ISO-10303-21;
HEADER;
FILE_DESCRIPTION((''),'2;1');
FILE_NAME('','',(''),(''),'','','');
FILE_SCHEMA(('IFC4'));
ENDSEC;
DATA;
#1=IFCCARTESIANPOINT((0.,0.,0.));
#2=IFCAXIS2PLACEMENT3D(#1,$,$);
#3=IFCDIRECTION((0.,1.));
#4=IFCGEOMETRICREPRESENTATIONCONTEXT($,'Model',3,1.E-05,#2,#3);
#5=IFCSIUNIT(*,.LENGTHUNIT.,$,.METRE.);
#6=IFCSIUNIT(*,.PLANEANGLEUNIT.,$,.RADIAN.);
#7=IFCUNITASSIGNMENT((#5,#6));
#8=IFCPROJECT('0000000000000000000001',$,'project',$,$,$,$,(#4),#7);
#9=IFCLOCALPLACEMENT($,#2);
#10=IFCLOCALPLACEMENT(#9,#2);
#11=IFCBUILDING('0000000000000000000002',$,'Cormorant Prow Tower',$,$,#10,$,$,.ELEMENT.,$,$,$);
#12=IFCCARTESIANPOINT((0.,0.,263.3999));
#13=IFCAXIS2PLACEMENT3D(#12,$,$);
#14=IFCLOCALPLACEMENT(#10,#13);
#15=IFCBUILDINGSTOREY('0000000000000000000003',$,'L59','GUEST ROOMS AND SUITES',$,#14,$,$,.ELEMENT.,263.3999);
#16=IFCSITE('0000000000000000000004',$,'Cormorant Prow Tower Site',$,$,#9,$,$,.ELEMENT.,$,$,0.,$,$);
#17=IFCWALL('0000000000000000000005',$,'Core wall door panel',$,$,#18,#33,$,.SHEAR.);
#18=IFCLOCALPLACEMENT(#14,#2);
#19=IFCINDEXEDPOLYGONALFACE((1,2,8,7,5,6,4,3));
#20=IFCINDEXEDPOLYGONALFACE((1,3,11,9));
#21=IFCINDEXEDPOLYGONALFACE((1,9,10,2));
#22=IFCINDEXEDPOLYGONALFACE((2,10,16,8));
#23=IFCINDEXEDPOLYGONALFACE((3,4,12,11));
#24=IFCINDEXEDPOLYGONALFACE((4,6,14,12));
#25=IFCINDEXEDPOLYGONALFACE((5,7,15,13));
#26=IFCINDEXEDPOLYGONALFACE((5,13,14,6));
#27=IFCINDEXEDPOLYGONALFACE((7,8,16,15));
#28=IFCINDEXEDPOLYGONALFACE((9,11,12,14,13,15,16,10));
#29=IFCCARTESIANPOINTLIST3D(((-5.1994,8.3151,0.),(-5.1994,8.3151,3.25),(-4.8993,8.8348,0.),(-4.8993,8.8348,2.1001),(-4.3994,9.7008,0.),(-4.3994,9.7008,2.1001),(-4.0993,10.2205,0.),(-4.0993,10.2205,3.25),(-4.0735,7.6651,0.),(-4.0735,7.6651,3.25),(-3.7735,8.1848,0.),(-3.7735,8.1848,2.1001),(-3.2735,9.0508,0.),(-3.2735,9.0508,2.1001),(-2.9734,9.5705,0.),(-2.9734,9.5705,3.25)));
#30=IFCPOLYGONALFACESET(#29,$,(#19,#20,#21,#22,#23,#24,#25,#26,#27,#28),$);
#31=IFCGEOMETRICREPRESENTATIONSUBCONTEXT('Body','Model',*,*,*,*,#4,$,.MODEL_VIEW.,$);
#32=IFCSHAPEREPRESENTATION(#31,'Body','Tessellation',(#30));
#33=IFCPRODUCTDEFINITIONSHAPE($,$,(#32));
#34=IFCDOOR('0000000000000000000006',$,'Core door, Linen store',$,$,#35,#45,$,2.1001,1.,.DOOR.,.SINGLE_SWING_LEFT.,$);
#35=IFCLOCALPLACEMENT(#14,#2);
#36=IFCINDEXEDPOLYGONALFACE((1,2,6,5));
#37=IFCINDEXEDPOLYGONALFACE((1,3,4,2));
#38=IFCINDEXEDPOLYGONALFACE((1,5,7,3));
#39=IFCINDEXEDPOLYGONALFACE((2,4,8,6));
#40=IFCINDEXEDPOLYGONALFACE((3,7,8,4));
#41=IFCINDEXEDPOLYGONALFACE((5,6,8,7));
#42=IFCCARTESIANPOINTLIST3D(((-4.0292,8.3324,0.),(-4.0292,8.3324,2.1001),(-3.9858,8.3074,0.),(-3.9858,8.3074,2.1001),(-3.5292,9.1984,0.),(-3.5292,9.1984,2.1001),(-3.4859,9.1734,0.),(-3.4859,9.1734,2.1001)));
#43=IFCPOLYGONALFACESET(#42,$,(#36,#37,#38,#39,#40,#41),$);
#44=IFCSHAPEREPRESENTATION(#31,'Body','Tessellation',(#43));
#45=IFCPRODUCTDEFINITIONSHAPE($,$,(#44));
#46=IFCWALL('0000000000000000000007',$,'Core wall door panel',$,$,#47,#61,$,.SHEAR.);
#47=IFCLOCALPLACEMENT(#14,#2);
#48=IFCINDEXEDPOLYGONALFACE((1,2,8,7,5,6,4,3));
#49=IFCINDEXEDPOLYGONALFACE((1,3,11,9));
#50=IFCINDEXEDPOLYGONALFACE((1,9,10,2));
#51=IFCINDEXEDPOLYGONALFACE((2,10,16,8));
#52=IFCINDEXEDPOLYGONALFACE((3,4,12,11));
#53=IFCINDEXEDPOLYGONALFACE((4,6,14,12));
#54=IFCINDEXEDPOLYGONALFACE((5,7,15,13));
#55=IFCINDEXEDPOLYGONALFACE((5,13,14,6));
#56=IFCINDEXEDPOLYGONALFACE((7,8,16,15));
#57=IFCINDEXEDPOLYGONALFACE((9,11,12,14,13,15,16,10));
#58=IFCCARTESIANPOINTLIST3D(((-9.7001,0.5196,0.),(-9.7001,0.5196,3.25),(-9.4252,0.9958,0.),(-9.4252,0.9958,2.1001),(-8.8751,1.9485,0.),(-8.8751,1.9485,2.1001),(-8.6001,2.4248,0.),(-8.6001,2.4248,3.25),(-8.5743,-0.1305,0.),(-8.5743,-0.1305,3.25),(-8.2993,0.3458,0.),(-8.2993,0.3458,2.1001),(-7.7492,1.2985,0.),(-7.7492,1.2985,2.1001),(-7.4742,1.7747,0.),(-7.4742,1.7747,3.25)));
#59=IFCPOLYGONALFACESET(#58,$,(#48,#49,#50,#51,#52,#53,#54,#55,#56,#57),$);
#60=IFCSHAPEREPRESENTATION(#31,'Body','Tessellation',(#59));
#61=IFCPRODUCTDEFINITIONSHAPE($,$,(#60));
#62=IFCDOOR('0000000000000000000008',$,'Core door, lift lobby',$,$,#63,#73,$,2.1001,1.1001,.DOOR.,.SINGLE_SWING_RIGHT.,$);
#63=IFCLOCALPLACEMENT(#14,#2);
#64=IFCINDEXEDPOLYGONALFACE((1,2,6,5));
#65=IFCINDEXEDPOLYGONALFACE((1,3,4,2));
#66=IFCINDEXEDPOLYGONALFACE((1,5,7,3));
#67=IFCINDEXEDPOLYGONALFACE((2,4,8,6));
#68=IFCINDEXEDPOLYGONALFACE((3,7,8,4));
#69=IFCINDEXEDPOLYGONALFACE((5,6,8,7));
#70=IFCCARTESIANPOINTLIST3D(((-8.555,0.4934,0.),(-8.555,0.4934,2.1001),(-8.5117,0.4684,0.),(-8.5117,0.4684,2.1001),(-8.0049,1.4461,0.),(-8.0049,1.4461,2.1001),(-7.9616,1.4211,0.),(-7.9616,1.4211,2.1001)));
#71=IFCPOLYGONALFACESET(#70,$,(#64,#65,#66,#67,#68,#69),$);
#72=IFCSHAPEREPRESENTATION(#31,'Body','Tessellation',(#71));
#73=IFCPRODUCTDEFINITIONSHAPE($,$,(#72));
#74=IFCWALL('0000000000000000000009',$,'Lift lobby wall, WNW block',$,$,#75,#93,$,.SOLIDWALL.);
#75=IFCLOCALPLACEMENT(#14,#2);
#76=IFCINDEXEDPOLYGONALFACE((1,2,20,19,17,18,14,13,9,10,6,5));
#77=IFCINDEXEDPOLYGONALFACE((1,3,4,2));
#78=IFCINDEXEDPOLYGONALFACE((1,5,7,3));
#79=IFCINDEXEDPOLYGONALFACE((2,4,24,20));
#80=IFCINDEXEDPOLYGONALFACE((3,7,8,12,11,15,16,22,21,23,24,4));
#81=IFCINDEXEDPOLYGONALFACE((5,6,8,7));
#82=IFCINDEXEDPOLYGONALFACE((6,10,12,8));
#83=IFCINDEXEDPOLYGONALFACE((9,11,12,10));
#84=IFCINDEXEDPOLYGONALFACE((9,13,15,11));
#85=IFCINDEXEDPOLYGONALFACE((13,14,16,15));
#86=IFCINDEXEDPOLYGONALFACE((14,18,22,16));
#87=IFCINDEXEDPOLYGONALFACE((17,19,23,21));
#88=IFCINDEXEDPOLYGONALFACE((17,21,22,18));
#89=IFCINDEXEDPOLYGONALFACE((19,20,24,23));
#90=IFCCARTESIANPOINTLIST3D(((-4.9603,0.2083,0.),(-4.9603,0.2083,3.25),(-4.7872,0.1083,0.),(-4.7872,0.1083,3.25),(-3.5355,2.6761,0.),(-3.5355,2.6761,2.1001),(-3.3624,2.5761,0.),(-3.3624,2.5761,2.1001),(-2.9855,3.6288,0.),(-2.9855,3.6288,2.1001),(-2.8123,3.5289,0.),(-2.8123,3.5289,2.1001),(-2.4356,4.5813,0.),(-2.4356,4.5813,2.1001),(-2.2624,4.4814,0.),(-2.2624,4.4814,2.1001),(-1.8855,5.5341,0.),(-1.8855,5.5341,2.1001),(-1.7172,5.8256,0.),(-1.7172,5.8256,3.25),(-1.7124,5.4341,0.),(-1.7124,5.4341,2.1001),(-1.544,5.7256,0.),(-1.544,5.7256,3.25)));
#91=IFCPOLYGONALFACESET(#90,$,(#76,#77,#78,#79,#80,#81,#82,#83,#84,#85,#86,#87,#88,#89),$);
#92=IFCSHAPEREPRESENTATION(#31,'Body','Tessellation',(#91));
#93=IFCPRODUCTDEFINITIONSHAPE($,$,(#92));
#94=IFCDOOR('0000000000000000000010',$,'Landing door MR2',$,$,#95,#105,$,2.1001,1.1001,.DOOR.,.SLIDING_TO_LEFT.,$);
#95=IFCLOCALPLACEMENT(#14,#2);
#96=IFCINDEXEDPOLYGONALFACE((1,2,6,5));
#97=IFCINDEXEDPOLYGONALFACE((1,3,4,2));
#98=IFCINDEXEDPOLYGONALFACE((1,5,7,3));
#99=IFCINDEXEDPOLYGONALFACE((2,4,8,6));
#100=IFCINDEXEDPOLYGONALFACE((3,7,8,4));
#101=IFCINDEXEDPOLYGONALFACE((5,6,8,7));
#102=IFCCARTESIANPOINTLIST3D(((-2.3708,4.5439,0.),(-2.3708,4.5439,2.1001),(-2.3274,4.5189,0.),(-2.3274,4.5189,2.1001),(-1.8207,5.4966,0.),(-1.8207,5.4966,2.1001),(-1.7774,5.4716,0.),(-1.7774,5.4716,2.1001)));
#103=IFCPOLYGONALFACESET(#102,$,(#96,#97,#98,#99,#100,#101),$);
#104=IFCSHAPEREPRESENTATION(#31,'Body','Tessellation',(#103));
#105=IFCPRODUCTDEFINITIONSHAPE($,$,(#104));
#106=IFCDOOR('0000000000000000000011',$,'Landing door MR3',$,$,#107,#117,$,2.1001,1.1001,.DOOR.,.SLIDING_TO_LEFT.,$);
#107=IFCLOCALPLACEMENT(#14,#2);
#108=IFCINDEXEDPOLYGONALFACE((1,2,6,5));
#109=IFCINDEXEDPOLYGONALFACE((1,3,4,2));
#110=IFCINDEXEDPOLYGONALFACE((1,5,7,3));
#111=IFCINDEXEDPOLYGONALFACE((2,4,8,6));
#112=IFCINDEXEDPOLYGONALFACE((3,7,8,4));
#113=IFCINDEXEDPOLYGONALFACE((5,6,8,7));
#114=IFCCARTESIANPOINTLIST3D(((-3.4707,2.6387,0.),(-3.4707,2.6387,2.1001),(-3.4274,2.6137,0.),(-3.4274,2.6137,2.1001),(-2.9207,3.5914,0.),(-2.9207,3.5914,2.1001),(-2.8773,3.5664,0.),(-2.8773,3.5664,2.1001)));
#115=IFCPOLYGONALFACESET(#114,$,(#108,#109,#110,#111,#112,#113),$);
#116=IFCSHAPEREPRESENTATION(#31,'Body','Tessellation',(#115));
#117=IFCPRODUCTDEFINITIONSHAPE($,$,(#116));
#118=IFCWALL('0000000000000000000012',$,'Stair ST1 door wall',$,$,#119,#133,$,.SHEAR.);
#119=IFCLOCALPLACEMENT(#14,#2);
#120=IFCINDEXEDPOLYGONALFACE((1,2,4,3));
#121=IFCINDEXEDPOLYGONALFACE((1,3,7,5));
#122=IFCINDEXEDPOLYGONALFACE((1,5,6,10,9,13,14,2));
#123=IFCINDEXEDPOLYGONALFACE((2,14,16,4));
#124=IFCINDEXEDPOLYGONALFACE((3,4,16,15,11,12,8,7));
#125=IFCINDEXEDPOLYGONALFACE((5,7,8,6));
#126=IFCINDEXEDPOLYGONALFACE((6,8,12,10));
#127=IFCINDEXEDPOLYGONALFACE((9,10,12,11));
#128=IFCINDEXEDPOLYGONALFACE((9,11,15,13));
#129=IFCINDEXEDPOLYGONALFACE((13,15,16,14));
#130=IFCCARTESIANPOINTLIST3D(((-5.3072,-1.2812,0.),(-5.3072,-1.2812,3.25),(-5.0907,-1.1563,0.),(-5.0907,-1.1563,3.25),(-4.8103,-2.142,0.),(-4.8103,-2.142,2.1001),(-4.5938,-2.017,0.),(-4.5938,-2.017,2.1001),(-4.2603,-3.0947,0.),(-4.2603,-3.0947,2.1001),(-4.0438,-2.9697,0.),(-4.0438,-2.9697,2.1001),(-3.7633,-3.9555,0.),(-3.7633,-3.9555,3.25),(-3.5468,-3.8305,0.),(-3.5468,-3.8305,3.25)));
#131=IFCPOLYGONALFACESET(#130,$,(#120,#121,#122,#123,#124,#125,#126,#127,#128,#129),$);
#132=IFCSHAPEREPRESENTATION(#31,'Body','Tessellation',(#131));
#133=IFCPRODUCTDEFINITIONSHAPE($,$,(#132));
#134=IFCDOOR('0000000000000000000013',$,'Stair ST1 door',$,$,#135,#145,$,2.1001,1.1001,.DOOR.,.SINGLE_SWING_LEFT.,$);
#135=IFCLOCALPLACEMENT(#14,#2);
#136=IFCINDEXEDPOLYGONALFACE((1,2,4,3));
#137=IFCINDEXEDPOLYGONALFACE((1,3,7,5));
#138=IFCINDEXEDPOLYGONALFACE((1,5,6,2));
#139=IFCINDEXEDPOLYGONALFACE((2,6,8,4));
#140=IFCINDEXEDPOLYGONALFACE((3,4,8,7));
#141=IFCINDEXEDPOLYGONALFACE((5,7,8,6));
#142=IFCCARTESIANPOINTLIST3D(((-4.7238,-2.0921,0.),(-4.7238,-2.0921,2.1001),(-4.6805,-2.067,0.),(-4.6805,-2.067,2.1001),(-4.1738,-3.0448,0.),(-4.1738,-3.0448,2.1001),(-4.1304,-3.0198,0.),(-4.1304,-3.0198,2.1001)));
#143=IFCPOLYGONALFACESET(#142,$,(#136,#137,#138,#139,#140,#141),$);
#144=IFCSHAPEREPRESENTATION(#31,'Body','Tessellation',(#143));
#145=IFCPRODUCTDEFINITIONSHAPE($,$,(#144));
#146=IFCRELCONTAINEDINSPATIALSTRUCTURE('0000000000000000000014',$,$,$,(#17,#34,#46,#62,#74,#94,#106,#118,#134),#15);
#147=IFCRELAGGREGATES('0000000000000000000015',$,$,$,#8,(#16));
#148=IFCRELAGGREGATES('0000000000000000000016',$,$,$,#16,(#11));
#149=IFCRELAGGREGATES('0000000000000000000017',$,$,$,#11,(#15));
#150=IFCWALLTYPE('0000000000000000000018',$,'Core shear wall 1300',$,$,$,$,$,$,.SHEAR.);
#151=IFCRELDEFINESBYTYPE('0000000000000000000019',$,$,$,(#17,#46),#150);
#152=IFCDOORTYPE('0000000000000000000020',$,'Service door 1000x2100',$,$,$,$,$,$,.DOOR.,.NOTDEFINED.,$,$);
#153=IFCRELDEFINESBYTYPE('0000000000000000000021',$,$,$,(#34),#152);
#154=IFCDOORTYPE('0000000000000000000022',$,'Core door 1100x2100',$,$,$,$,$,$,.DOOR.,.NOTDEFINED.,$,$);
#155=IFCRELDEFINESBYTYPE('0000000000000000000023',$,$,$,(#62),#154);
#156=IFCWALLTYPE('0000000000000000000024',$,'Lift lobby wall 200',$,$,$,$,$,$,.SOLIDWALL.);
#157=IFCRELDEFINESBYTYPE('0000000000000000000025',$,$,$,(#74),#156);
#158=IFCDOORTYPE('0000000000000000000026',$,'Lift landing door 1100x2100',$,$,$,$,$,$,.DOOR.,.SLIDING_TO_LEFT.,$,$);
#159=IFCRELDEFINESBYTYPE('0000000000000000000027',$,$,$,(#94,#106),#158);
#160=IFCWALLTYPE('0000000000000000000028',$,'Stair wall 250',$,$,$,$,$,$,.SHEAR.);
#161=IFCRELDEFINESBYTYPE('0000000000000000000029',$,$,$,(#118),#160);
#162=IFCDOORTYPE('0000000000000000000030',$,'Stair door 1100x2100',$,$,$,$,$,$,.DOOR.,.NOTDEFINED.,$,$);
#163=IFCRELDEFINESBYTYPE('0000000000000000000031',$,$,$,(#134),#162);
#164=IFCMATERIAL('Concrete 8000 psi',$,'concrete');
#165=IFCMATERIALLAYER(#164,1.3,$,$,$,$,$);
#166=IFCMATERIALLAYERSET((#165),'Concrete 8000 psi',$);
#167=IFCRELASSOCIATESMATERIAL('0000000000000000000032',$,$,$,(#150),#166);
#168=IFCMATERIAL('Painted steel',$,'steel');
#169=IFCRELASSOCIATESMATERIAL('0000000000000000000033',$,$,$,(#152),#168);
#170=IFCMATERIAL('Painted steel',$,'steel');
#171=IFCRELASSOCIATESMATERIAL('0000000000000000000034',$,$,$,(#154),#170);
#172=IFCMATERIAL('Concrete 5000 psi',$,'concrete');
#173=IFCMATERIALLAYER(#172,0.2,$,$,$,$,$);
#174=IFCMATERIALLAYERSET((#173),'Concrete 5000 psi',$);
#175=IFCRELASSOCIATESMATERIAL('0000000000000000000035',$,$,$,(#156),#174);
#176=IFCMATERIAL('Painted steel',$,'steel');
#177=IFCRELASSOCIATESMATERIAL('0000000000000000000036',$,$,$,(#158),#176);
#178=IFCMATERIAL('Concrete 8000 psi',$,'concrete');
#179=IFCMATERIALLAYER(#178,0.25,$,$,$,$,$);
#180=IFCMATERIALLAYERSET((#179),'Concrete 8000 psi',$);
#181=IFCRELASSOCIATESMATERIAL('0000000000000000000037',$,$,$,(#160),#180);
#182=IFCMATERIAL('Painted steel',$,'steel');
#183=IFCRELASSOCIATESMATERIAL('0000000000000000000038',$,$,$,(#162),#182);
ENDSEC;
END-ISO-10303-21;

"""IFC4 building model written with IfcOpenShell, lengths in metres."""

from ifc_helpers import new_model, si_unit, direction, frame, frame_2d, origin, place, context, subcontext, project, spatial, rectangle, extrude, material, layer, layer_set, type_object, element, fill, save


model = new_model("IFC4")

# Units and contexts
model_context = context("Model", 3, precision=1e-05, world=origin(), true_north=direction((0.0, 1.0)))
body_context = subcontext(model_context, "Body", "Model", "MODEL_VIEW")
ifc_project = project(units=[si_unit("LENGTHUNIT", "METRE"), si_unit("PLANEANGLEUNIT", "RADIAN")], contexts=[model_context])

# Site, building, storey
site_placement = place(None, origin())
site = spatial("IfcSite", under=ifc_project, at=site_placement, Name="Cormorant Prow Tower Site", CompositionType="ELEMENT", RefElevation=0.0)
building_placement = place(site_placement, origin())
building = spatial("IfcBuilding", under=site, at=building_placement, Name="Cormorant Prow Tower", CompositionType="ELEMENT")
storey_placement = place(building_placement, frame((0.0, 0.0, 263.3999)))
storey = spatial("IfcBuildingStorey", under=building, at=storey_placement, Name="L59", Description="GUEST ROOMS AND SUITES", CompositionType="ELEMENT", Elevation=263.3999)

# Shared definitions
ifc_material_1 = material(Name="Concrete 8000 psi", Category="concrete")
ifc_layer_1 = layer(ifc_material_1, 1.3)
ifc_layer_set_1 = layer_set([ifc_layer_1], Name="Concrete 8000 psi")
wall_type_1 = type_object("IfcWallType", Name="Core shear wall 1300", PredefinedType="SHEAR", material=ifc_layer_set_1)

# Walls, openings, doors
wall_1_placement = place(storey_placement, frame((-3.5364, 9.8955, 0.0), z_axis=(0.0, 0.0, 1.0), x_axis=(-0.499982, -0.866036, 0.0)))
wall_1 = element("IfcWall", 1, at=wall_1_placement, inside=storey, type_object=wall_type_1, Name="Core wall door panel", PredefinedType="SHEAR", context=body_context, shape_type="SweptSolid", body=[
    extrude(rectangle(XDim=2.2002, YDim=1.3, at=frame_2d((1.1001, 0.0))), origin(), (0.0, 0.0, 1.0), 3.25),
])
opening_1_placement = place(wall_1_placement, frame((0.6001, 0.0, 0.0)))
opening_1 = element("IfcOpeningElement", 2, at=opening_1_placement, cuts=wall_1, PredefinedType="OPENING", context=body_context, shape_type="SweptSolid", body=[
    extrude(rectangle(XDim=1.0, YDim=2.1001, at=frame_2d((0.5, 1.05))), frame((0.0, 0.6599, 0.0), z_axis=(0.0, -1.0, 0.0), x_axis=(1.0, 0.0, 0.0)), (0.0, 0.0, 1.0), 1.3201),
])
ifc_material_2 = material(Name="Painted steel", Category="steel")
door_type_1 = type_object("IfcDoorType", Name="Service door 1000x2100", OperationType="NOTDEFINED", PredefinedType="DOOR", material=ifc_material_2)
door_1_placement = place(opening_1_placement, origin())
door_1 = element("IfcDoor", 3, at=door_1_placement, inside=storey, type_object=door_type_1, Name="Core door, Linen store", OperationType="SINGLE_SWING_LEFT", OverallHeight=2.1001, OverallWidth=1.0, PredefinedType="DOOR", context=body_context, shape_type="SweptSolid", body=[
    extrude(rectangle(XDim=1.0, YDim=2.1001, at=frame_2d((0.5, 1.05))), frame((0.0, 0.4048, 0.0), z_axis=(0.0, -1.0, 0.0), x_axis=(1.0, 0.0, 0.0)), (0.0, 0.0, 1.0), 0.05),
])
fill(opening_1, door_1)
wall_2_placement = place(storey_placement, frame((-8.0371, 2.0999, 0.0), z_axis=(0.0, 0.0, 1.0), x_axis=(-0.50003, -0.866008, 0.0)))
wall_2 = element("IfcWall", 4, at=wall_2_placement, inside=storey, type_object=wall_type_1, Name="Core wall door panel", PredefinedType="SHEAR", context=body_context, shape_type="SweptSolid", body=[
    extrude(rectangle(XDim=2.2, YDim=1.3, at=frame_2d((1.1001, 0.0))), origin(), (0.0, 0.0, 1.0), 3.25),
])
opening_2_placement = place(wall_2_placement, frame((0.55, 0.0, 0.0)))
opening_2 = element("IfcOpeningElement", 5, at=opening_2_placement, cuts=wall_2, PredefinedType="OPENING", context=body_context, shape_type="SweptSolid", body=[
    extrude(rectangle(XDim=1.1001, YDim=2.1001, at=frame_2d((0.55, 1.05))), frame((0.0, 0.6599, 0.0), z_axis=(0.0, -1.0, 0.0), x_axis=(1.0, 0.0, 0.0)), (0.0, 0.0, 1.0), 1.3201),
])
ifc_material_3 = material(Name="Painted steel", Category="steel")
door_type_2 = type_object("IfcDoorType", Name="Core door 1100x2100", OperationType="NOTDEFINED", PredefinedType="DOOR", material=ifc_material_3)
door_2_placement = place(opening_2_placement, origin())
door_2 = element("IfcDoor", 6, at=door_2_placement, inside=storey, type_object=door_type_2, Name="Core door, lift lobby", OperationType="SINGLE_SWING_RIGHT", OverallHeight=2.1001, OverallWidth=1.1001, PredefinedType="DOOR", context=body_context, shape_type="SweptSolid", body=[
    extrude(rectangle(XDim=1.1001, YDim=2.1001, at=frame_2d((0.55, 1.05))), frame((0.0, 0.4048, 0.0), z_axis=(0.0, -1.0, 0.0), x_axis=(1.0, 0.0, 0.0)), (0.0, 0.0, 1.0), 0.05),
])
fill(opening_2, door_2)

# Wall, openings, doors
ifc_material_4 = material(Name="Concrete 5000 psi", Category="concrete")
ifc_layer_2 = layer(ifc_material_4, 0.2)
ifc_layer_set_2 = layer_set([ifc_layer_2], Name="Concrete 5000 psi")
wall_type_2 = type_object("IfcWallType", Name="Lift lobby wall 200", PredefinedType="SOLIDWALL", material=ifc_layer_set_2)
wall_3_placement = place(storey_placement, frame((-1.6306, 5.7756, 0.0), z_axis=(0.0, 0.0, 1.0), x_axis=(-0.499993, -0.86603, 0.0)))
wall_3 = element("IfcWall", 7, at=wall_3_placement, inside=storey, type_object=wall_type_2, Name="Lift lobby wall, WNW block", PredefinedType="SOLIDWALL", context=body_context, shape_type="SweptSolid", body=[
    extrude(rectangle(XDim=6.4863, YDim=0.2, at=frame_2d((3.2432, 0.0))), origin(), (0.0, 0.0, 1.0), 3.25),
])
opening_3_placement = place(wall_3_placement, frame((0.3367, 0.0, 0.0)))
opening_3 = element("IfcOpeningElement", 8, at=opening_3_placement, cuts=wall_3, PredefinedType="OPENING", context=body_context, shape_type="SweptSolid", body=[
    extrude(rectangle(XDim=1.1001, YDim=2.1001, at=frame_2d((0.55, 1.05))), frame((0.0, 0.1099, 0.0), z_axis=(0.0, -1.0, 0.0), x_axis=(1.0, 0.0, 0.0)), (0.0, 0.0, 1.0), 0.22),
])
opening_4_placement = place(wall_3_placement, frame((2.5366, 0.0, 0.0)))
opening_4 = element("IfcOpeningElement", 9, at=opening_4_placement, cuts=wall_3, PredefinedType="OPENING", context=body_context, shape_type="SweptSolid", body=[
    extrude(rectangle(XDim=1.1001, YDim=2.1001, at=frame_2d((0.55, 1.05))), frame((0.0, 0.1099, 0.0), z_axis=(0.0, -1.0, 0.0), x_axis=(1.0, 0.0, 0.0)), (0.0, 0.0, 1.0), 0.22),
])
ifc_material_5 = material(Name="Painted steel", Category="steel")
door_type_3 = type_object("IfcDoorType", Name="Lift landing door 1100x2100", OperationType="SLIDING_TO_LEFT", PredefinedType="DOOR", material=ifc_material_5)
door_3_placement = place(opening_3_placement, origin())
door_3 = element("IfcDoor", 10, at=door_3_placement, inside=storey, type_object=door_type_3, Name="Landing door MR2", OperationType="SLIDING_TO_LEFT", OverallHeight=2.1001, OverallWidth=1.1001, PredefinedType="DOOR", context=body_context, shape_type="SweptSolid", body=[
    extrude(rectangle(XDim=1.1001, YDim=2.1001, at=frame_2d((0.55, 1.05))), frame((0.0, 0.0249, 0.0), z_axis=(0.0, -1.0, 0.0), x_axis=(1.0, 0.0, 0.0)), (0.0, 0.0, 1.0), 0.05),
])
fill(opening_3, door_3)
door_4_placement = place(opening_4_placement, origin())
door_4 = element("IfcDoor", 11, at=door_4_placement, inside=storey, type_object=door_type_3, Name="Landing door MR3", OperationType="SLIDING_TO_LEFT", OverallHeight=2.1001, OverallWidth=1.1001, PredefinedType="DOOR", context=body_context, shape_type="SweptSolid", body=[
    extrude(rectangle(XDim=1.1001, YDim=2.1001, at=frame_2d((0.55, 1.05))), frame((0.0, 0.0249, 0.0), z_axis=(0.0, -1.0, 0.0), x_axis=(1.0, 0.0, 0.0)), (0.0, 0.0, 1.0), 0.05),
])
fill(opening_4, door_4)

# Wall, opening, door
ifc_material_6 = material(Name="Concrete 8000 psi", Category="concrete")
ifc_layer_3 = layer(ifc_material_6, 0.25)
ifc_layer_set_3 = layer_set([ifc_layer_3], Name="Concrete 8000 psi")
wall_type_3 = type_object("IfcWallType", Name="Stair wall 250", PredefinedType="SHEAR", material=ifc_layer_set_3)
wall_4_placement = place(storey_placement, frame((-5.199, -1.2188, 0.0), z_axis=(0.0, 0.0, 1.0), x_axis=(0.499983, -0.866035, 0.0)))
wall_4 = element("IfcWall", 12, at=wall_4_placement, inside=storey, type_object=wall_type_3, Name="Stair ST1 door wall", PredefinedType="SHEAR", context=body_context, shape_type="SweptSolid", body=[
    extrude(rectangle(XDim=3.0879, YDim=0.25, at=frame_2d((1.5439, 0.0))), origin(), (0.0, 0.0, 1.0), 3.25),
])
opening_5_placement = place(wall_4_placement, frame((0.9939, 0.0, 0.0)))
opening_5 = element("IfcOpeningElement", 13, at=opening_5_placement, cuts=wall_4, PredefinedType="OPENING", context=body_context, shape_type="SweptSolid", body=[
    extrude(rectangle(XDim=1.1001, YDim=2.1001, at=frame_2d((0.55, 1.05))), frame((0.0, 0.135, 0.0), z_axis=(0.0, -1.0, 0.0), x_axis=(1.0, 0.0, 0.0)), (0.0, 0.0, 1.0), 0.27),
])
ifc_material_7 = material(Name="Painted steel", Category="steel")
door_type_4 = type_object("IfcDoorType", Name="Stair door 1100x2100", OperationType="NOTDEFINED", PredefinedType="DOOR", material=ifc_material_7)
door_5_placement = place(opening_5_placement, origin())
door_5 = element("IfcDoor", 14, at=door_5_placement, inside=storey, type_object=door_type_4, Name="Stair ST1 door", OperationType="SINGLE_SWING_LEFT", OverallHeight=2.1001, OverallWidth=1.1001, PredefinedType="DOOR", context=body_context, shape_type="SweptSolid", body=[
    extrude(rectangle(XDim=1.1001, YDim=2.1001, at=frame_2d((0.55, 1.05))), frame((0.0, 0.0249, 0.0), z_axis=(0.0, -1.0, 0.0), x_axis=(1.0, 0.0, 0.0)), (0.0, 0.0, 1.0), 0.05),
])
fill(opening_5, door_5)

save(model, "model.ifc")
